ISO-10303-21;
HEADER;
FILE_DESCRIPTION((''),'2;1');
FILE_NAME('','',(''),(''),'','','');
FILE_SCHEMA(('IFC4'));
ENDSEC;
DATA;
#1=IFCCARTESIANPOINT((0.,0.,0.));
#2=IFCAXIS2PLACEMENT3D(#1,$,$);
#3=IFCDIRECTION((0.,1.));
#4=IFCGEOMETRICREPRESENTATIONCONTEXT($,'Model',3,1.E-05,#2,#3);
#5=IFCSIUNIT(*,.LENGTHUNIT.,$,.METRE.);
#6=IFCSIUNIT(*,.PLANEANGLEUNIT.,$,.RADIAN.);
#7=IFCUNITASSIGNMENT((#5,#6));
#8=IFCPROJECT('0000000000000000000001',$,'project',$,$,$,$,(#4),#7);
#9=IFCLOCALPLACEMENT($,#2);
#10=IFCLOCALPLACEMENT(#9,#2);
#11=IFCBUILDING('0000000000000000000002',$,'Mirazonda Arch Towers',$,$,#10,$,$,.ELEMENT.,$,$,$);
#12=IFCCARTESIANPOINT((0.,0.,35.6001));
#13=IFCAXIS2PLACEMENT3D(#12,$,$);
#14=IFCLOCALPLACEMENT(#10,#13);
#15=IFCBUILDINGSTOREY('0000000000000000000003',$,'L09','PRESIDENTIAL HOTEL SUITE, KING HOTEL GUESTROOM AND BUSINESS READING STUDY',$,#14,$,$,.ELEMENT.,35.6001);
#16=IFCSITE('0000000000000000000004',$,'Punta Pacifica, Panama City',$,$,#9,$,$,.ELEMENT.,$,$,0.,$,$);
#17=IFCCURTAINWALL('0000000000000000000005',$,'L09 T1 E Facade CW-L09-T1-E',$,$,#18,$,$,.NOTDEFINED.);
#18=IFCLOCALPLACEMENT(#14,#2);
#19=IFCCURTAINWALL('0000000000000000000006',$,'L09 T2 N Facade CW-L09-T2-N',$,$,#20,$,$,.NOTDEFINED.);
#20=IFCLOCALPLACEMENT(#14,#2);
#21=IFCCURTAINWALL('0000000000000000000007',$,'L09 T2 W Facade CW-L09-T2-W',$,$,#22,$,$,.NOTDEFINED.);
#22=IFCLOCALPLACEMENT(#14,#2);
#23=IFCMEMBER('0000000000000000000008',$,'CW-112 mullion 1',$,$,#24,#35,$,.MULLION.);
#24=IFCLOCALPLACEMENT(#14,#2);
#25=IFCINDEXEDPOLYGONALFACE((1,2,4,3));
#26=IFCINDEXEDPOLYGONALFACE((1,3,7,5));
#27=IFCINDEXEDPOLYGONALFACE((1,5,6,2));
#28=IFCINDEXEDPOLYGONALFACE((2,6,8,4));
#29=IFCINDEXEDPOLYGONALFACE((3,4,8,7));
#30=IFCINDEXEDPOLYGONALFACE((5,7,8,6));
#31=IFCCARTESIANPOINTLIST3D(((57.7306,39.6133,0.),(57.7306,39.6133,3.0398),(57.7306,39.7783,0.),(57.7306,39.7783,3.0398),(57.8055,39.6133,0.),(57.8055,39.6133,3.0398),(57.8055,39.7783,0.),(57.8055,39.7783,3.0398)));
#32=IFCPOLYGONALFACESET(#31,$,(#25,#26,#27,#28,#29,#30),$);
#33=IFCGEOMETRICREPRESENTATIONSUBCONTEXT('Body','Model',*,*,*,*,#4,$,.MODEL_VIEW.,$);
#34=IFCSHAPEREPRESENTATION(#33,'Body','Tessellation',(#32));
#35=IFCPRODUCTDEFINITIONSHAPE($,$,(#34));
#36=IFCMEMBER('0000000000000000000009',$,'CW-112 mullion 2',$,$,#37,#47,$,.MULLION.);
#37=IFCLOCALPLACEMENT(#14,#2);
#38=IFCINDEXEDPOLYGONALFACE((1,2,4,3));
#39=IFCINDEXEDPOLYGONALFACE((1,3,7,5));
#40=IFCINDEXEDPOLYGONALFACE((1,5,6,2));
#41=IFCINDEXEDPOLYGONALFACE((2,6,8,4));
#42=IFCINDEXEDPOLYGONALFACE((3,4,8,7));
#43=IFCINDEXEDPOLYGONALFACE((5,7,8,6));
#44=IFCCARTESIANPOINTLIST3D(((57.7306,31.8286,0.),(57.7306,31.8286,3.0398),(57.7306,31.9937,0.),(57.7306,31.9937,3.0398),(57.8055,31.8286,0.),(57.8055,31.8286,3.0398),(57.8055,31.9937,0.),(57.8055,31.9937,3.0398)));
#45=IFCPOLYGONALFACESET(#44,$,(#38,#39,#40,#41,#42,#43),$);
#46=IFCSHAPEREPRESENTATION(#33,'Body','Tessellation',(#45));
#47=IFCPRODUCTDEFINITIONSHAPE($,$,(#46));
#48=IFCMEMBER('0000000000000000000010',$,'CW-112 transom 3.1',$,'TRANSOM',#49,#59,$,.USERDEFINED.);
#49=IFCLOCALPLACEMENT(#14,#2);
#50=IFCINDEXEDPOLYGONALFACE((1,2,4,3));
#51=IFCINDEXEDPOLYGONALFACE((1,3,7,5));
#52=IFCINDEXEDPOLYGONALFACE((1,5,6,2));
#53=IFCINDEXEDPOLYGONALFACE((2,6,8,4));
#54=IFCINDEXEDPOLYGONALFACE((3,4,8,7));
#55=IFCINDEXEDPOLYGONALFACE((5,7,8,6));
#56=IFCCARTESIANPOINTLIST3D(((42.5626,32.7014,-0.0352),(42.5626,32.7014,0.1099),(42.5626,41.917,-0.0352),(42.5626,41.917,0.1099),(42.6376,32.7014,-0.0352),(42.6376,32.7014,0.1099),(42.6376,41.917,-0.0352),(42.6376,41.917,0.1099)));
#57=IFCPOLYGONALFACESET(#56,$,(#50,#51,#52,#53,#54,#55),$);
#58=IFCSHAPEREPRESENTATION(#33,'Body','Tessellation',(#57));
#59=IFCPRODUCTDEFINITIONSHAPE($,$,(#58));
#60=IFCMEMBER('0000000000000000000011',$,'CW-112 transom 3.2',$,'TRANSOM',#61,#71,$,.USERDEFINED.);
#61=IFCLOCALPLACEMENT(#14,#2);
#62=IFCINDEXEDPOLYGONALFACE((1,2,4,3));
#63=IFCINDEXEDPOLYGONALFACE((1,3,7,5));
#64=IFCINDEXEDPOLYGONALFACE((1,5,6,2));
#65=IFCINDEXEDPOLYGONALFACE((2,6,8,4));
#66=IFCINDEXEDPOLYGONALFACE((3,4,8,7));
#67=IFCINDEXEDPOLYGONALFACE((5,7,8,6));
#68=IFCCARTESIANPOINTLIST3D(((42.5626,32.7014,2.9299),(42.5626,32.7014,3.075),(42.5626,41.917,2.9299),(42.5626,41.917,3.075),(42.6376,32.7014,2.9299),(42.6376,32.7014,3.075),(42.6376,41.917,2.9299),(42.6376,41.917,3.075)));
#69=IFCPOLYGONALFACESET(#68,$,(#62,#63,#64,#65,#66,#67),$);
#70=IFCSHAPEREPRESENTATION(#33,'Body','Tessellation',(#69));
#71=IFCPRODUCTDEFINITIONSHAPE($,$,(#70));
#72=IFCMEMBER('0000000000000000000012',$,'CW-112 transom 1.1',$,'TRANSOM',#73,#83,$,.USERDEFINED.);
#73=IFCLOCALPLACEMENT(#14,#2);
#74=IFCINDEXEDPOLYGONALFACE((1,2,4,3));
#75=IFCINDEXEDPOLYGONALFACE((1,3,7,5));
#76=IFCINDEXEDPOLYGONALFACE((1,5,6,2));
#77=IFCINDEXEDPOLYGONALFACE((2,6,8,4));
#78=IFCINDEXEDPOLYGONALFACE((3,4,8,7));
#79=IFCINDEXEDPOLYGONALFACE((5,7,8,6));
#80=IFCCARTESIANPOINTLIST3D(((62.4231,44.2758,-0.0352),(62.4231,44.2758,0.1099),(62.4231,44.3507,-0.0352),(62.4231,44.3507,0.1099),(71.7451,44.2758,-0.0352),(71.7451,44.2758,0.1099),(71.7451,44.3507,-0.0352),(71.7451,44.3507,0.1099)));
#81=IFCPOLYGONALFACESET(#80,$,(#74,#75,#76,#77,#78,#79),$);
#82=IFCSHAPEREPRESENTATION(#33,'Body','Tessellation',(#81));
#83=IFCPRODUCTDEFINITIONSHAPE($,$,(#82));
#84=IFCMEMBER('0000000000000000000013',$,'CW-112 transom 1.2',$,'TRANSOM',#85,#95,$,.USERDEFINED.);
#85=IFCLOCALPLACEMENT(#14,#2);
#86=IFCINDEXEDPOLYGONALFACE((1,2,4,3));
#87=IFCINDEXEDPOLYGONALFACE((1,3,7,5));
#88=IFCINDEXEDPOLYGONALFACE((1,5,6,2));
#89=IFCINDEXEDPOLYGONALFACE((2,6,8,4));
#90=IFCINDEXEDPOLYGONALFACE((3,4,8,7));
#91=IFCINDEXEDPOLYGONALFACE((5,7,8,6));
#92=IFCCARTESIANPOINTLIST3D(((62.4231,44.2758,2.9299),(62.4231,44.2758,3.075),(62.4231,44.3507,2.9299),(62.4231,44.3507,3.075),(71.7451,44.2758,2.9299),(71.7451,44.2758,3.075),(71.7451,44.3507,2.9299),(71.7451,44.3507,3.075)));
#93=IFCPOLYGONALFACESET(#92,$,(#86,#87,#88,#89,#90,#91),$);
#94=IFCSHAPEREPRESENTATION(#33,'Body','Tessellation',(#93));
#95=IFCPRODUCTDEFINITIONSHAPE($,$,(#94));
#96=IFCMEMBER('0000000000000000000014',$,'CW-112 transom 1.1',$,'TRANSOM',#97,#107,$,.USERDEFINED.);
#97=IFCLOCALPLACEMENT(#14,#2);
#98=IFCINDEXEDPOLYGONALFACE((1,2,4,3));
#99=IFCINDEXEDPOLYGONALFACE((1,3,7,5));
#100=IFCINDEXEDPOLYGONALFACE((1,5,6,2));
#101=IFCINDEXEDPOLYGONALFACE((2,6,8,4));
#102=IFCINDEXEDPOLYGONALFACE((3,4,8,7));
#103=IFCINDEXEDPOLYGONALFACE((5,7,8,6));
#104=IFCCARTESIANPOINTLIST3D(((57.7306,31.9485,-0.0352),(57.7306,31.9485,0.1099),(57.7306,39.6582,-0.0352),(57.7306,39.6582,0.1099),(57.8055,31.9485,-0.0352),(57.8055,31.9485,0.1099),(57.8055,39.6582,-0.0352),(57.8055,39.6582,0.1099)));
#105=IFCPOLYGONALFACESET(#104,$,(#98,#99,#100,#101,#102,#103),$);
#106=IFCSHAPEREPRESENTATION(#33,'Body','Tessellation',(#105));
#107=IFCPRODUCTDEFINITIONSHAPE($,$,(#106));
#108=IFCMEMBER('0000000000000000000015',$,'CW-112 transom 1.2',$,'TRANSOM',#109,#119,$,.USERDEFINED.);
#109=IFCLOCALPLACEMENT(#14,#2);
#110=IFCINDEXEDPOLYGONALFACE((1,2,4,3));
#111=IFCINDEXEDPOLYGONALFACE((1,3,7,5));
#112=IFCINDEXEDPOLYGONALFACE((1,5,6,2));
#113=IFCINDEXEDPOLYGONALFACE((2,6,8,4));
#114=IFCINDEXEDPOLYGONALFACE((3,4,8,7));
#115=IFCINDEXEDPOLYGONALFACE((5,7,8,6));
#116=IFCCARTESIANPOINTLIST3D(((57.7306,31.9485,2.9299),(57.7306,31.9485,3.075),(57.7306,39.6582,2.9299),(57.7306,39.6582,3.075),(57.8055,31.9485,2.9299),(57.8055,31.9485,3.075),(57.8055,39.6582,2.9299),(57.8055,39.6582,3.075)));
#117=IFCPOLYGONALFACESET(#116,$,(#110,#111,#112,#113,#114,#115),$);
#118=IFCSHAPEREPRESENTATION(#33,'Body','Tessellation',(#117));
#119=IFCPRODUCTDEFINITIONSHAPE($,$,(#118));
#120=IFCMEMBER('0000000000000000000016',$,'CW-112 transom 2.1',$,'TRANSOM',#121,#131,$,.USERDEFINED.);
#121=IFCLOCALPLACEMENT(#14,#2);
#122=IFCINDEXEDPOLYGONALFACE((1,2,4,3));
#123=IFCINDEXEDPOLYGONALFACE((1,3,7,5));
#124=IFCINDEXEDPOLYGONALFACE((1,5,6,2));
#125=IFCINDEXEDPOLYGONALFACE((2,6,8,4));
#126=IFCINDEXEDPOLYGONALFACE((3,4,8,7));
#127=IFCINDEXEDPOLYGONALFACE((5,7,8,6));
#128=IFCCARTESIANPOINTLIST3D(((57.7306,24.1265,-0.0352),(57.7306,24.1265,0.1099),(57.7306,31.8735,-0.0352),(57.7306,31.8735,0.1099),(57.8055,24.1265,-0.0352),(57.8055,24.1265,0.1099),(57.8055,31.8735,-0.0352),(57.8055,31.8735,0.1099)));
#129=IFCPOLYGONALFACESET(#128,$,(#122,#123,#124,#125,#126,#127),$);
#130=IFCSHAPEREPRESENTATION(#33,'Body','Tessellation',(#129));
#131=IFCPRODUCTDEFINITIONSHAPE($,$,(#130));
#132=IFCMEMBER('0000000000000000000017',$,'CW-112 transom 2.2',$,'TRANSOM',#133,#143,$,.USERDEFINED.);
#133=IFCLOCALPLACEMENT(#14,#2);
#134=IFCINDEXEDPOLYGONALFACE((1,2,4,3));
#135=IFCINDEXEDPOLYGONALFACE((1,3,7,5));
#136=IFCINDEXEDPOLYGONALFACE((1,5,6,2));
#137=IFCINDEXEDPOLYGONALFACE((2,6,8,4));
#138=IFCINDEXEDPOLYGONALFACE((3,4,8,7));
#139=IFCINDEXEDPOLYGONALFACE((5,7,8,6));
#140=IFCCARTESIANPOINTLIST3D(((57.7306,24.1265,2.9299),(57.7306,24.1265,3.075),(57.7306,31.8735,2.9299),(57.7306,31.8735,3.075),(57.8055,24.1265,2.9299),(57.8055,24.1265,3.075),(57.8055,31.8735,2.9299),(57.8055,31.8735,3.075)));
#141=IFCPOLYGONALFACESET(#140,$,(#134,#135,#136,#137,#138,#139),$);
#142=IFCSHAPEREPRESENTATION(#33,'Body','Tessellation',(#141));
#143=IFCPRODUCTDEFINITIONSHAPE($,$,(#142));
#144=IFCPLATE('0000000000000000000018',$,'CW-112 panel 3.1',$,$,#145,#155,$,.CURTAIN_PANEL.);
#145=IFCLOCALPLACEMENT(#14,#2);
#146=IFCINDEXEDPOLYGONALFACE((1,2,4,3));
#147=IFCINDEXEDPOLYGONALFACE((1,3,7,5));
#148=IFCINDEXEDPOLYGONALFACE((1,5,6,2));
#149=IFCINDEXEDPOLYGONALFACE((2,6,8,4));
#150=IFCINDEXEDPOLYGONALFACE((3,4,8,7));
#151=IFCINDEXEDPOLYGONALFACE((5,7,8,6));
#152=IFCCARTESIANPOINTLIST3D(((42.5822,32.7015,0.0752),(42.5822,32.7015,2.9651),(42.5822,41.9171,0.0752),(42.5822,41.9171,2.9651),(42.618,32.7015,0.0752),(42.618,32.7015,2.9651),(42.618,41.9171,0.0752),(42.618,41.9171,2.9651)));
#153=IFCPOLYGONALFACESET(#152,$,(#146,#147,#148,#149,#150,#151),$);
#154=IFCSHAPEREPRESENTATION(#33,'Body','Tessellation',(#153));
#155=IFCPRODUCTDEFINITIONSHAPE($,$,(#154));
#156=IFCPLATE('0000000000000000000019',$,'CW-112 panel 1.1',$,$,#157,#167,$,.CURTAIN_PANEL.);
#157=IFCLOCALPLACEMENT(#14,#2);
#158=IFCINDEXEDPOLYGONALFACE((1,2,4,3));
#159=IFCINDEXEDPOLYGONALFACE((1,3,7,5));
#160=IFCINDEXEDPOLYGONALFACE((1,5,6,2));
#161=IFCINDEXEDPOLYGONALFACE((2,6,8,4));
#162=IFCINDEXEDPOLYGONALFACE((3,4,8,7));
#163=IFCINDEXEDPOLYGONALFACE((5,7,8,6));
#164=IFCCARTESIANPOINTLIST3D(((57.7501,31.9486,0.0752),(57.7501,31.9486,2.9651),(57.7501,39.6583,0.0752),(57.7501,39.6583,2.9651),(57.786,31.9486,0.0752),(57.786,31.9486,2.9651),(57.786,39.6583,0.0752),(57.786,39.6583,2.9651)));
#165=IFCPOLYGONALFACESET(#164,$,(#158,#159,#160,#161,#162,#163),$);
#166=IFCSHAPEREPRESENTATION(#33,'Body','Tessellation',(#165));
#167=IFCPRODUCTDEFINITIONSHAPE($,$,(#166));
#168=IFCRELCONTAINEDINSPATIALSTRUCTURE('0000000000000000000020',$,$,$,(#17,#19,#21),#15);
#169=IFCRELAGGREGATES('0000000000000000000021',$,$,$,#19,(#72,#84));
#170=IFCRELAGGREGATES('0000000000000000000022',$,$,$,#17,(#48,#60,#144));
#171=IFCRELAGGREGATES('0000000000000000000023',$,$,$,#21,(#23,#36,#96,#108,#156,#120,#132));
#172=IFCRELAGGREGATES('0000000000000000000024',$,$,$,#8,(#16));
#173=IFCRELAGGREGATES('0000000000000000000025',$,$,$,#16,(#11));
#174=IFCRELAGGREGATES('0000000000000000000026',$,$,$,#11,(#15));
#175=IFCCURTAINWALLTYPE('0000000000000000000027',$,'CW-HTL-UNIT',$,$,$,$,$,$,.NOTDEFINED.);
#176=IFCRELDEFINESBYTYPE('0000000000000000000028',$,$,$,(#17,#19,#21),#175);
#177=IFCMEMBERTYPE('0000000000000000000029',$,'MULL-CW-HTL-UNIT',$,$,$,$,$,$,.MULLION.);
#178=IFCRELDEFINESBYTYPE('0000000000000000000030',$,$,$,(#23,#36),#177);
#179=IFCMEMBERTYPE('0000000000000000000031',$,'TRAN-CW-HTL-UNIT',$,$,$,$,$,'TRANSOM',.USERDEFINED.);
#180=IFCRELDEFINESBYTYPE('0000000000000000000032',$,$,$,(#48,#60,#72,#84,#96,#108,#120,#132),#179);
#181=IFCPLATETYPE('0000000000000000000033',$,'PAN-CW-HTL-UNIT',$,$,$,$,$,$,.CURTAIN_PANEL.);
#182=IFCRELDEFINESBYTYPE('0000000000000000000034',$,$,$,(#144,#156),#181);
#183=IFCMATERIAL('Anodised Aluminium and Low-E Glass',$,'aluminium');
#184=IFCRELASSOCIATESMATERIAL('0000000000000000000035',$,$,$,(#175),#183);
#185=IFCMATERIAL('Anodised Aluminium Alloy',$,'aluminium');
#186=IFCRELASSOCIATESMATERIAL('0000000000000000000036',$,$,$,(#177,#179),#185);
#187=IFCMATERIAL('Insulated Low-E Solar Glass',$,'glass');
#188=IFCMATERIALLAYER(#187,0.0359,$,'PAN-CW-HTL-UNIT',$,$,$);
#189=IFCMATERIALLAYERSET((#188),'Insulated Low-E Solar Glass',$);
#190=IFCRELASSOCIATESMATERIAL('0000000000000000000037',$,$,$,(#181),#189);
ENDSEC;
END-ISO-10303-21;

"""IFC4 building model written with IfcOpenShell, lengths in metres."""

from ifc_helpers import new_model, si_unit, direction, frame, origin, origin_2d, place, context, subcontext, project, spatial, rectangle, extrude, material, layer, layer_set, material_profile, profile_set, type_object, element, aggregate, save


model = new_model("IFC4")

# Units and contexts
model_context = context("Model", 3, precision=1e-05, world=origin(), true_north=direction((0.0, 1.0)))
body_context = subcontext(model_context, "Body", "Model", "MODEL_VIEW")
ifc_project = project(units=[si_unit("LENGTHUNIT", "METRE"), si_unit("PLANEANGLEUNIT", "RADIAN")], contexts=[model_context])

# Site, building, storey
site_placement = place(None, origin())
site = spatial("IfcSite", under=ifc_project, at=site_placement, Name="Punta Pacifica, Panama City", CompositionType="ELEMENT", RefElevation=0.0)
building_placement = place(site_placement, origin())
building = spatial("IfcBuilding", under=site, at=building_placement, Name="Mirazonda Arch Towers", CompositionType="ELEMENT")
storey_placement = place(building_placement, frame((0.0, 0.0, 35.6001)))
storey = spatial("IfcBuildingStorey", under=building, at=storey_placement, Name="L09", Description="PRESIDENTIAL HOTEL SUITE, KING HOTEL GUESTROOM AND BUSINESS READING STUDY", CompositionType="ELEMENT", Elevation=35.6001)

# Curtain wall
ifc_material_1 = material(Name="Anodised Aluminium and Low-E Glass", Category="aluminium")
curtain_wall_type = type_object("IfcCurtainWallType", Name="CW-HTL-UNIT", PredefinedType="NOTDEFINED", material=ifc_material_1)
curtain_wall_1_placement = place(storey_placement, origin())
curtain_wall_1 = element("IfcCurtainWall", 1, at=curtain_wall_1_placement, inside=storey, type_object=curtain_wall_type, Name="L09 T1 E Facade CW-L09-T1-E", PredefinedType="NOTDEFINED")
ifc_material_2 = material(Name="Anodised Aluminium Alloy", Category="aluminium")
ifc_material_profile_1 = material_profile(ifc_material_2, rectangle(XDim=0.075, YDim=0.165, at=origin_2d()), Name="ALU-MULL-75x165")
ifc_profile_set_1 = profile_set([ifc_material_profile_1], Name="Anodised Aluminium Alloy")
member_type_1 = type_object("IfcMemberType", Name="MULL-CW-HTL-UNIT", PredefinedType="MULLION", material=ifc_profile_set_1)

# Curtain wall
curtain_wall_2_placement = place(storey_placement, origin())
curtain_wall_2 = element("IfcCurtainWall", 2, at=curtain_wall_2_placement, inside=storey, type_object=curtain_wall_type, Name="L09 T2 N Facade CW-L09-T2-N", PredefinedType="NOTDEFINED")

# Curtain wall, members
curtain_wall_3_placement = place(storey_placement, origin())
curtain_wall_3 = element("IfcCurtainWall", 3, at=curtain_wall_3_placement, inside=storey, type_object=curtain_wall_type, Name="L09 T2 W Facade CW-L09-T2-W", PredefinedType="NOTDEFINED")
member_1_placement = place(storey_placement, frame((57.7681, 39.6958, 0.0), z_axis=(0.0, 0.0, 1.0), x_axis=(1.0, 0.0, 0.0)))
member_1 = element("IfcMember", 4, at=member_1_placement, type_object=member_type_1, Name="CW-112 mullion 1", PredefinedType="MULLION", context=body_context, shape_type="SweptSolid", body=[
    extrude(rectangle(XDim=0.075, YDim=0.165, at=origin_2d()), origin(), (0.0, 0.0, 1.0), 3.0398),
])
member_2_placement = place(storey_placement, frame((57.7681, 31.9111, 0.0), z_axis=(0.0, 0.0, 1.0), x_axis=(1.0, 0.0, 0.0)))
member_2 = element("IfcMember", 5, at=member_2_placement, type_object=member_type_1, Name="CW-112 mullion 2", PredefinedType="MULLION", context=body_context, shape_type="SweptSolid", body=[
    extrude(rectangle(XDim=0.075, YDim=0.165, at=origin_2d()), origin(), (0.0, 0.0, 1.0), 3.0398),
])

# Members
ifc_material_profile_2 = material_profile(ifc_material_2, rectangle(XDim=0.075, YDim=0.145, at=origin_2d()), Name="ALU-TRAN-75x145")
ifc_profile_set_2 = profile_set([ifc_material_profile_2], Name="Anodised Aluminium Alloy")
member_type_2 = type_object("IfcMemberType", Name="TRAN-CW-HTL-UNIT", ElementType="TRANSOM", PredefinedType="USERDEFINED", material=ifc_profile_set_2)
member_3_placement = place(storey_placement, frame((42.6001, 32.7014, 0.0374), z_axis=(0.0, 1.0, 0.0), x_axis=(-1.0, 0.0, 0.0)))
member_3 = element("IfcMember", 6, at=member_3_placement, type_object=member_type_2, Name="CW-112 transom 3.1", ObjectType="TRANSOM", PredefinedType="USERDEFINED", context=body_context, shape_type="SweptSolid", body=[
    extrude(rectangle(XDim=0.075, YDim=0.145, at=origin_2d()), origin(), (0.0, 0.0, 1.0), 9.2156),
])
member_4_placement = place(storey_placement, frame((42.6001, 32.7014, 3.0024), z_axis=(0.0, 1.0, 0.0), x_axis=(-1.0, 0.0, 0.0)))
member_4 = element("IfcMember", 7, at=member_4_placement, type_object=member_type_2, Name="CW-112 transom 3.2", ObjectType="TRANSOM", PredefinedType="USERDEFINED", context=body_context, shape_type="SweptSolid", body=[
    extrude(rectangle(XDim=0.075, YDim=0.145, at=origin_2d()), origin(), (0.0, 0.0, 1.0), 9.2156),
])
member_5_placement = place(storey_placement, frame((62.4231, 44.3132, 0.0374), z_axis=(1.0, 0.0, 0.0), x_axis=(0.0, 1.0, 0.0)))
member_5 = element("IfcMember", 8, at=member_5_placement, type_object=member_type_2, Name="CW-112 transom 1.1", ObjectType="TRANSOM", PredefinedType="USERDEFINED", context=body_context, shape_type="SweptSolid", body=[
    extrude(rectangle(XDim=0.075, YDim=0.145, at=origin_2d()), origin(), (0.0, 0.0, 1.0), 9.322),
])
member_6_placement = place(storey_placement, frame((62.4231, 44.3132, 3.0024), z_axis=(1.0, 0.0, 0.0), x_axis=(0.0, 1.0, 0.0)))
member_6 = element("IfcMember", 9, at=member_6_placement, type_object=member_type_2, Name="CW-112 transom 1.2", ObjectType="TRANSOM", PredefinedType="USERDEFINED", context=body_context, shape_type="SweptSolid", body=[
    extrude(rectangle(XDim=0.075, YDim=0.145, at=origin_2d()), origin(), (0.0, 0.0, 1.0), 9.322),
])
aggregate(curtain_wall_2, [member_5, member_6])
member_7_placement = place(storey_placement, frame((57.7681, 39.6582, 0.0374), z_axis=(0.0, -1.0, 0.0), x_axis=(1.0, 0.0, 0.0)))
member_7 = element("IfcMember", 10, at=member_7_placement, type_object=member_type_2, Name="CW-112 transom 1.1", ObjectType="TRANSOM", PredefinedType="USERDEFINED", context=body_context, shape_type="SweptSolid", body=[
    extrude(rectangle(XDim=0.075, YDim=0.145, at=origin_2d()), origin(), (0.0, 0.0, 1.0), 7.7097),
])
member_8_placement = place(storey_placement, frame((57.7681, 39.6582, 3.0024), z_axis=(0.0, -1.0, 0.0), x_axis=(1.0, 0.0, 0.0)))
member_8 = element("IfcMember", 11, at=member_8_placement, type_object=member_type_2, Name="CW-112 transom 1.2", ObjectType="TRANSOM", PredefinedType="USERDEFINED", context=body_context, shape_type="SweptSolid", body=[
    extrude(rectangle(XDim=0.075, YDim=0.145, at=origin_2d()), origin(), (0.0, 0.0, 1.0), 7.7097),
])
member_9_placement = place(storey_placement, frame((57.7681, 31.8735, 0.0374), z_axis=(0.0, -1.0, 0.0), x_axis=(1.0, 0.0, 0.0)))
member_9 = element("IfcMember", 12, at=member_9_placement, type_object=member_type_2, Name="CW-112 transom 2.1", ObjectType="TRANSOM", PredefinedType="USERDEFINED", context=body_context, shape_type="SweptSolid", body=[
    extrude(rectangle(XDim=0.075, YDim=0.145, at=origin_2d()), origin(), (0.0, 0.0, 1.0), 7.7471),
])
member_10_placement = place(storey_placement, frame((57.7681, 31.8735, 3.0024), z_axis=(0.0, -1.0, 0.0), x_axis=(1.0, 0.0, 0.0)))
member_10 = element("IfcMember", 13, at=member_10_placement, type_object=member_type_2, Name="CW-112 transom 2.2", ObjectType="TRANSOM", PredefinedType="USERDEFINED", context=body_context, shape_type="SweptSolid", body=[
    extrude(rectangle(XDim=0.075, YDim=0.145, at=origin_2d()), origin(), (0.0, 0.0, 1.0), 7.7471),
])

# Plates
ifc_material_3 = material(Name="Insulated Low-E Solar Glass", Category="glass")
ifc_layer_1 = layer(ifc_material_3, 0.0359, Name="PAN-CW-HTL-UNIT")
ifc_layer_set_1 = layer_set([ifc_layer_1], Name="Insulated Low-E Solar Glass")
plate_type = type_object("IfcPlateType", Name="PAN-CW-HTL-UNIT", PredefinedType="CURTAIN_PANEL", material=ifc_layer_set_1)
plate_1_placement = place(storey_placement, frame((42.6001, 37.3093, 0.0752), z_axis=(0.0, 0.0, 1.0), x_axis=(0.0, 1.0, 0.0)))
plate_1 = element("IfcPlate", 14, at=plate_1_placement, type_object=plate_type, Name="CW-112 panel 3.1", PredefinedType="CURTAIN_PANEL", context=body_context, shape_type="SweptSolid", body=[
    extrude(rectangle(XDim=9.2156, YDim=0.0359, at=origin_2d()), origin(), (0.0, 0.0, 1.0), 2.8899),
])
aggregate(curtain_wall_1, [member_3, member_4, plate_1])
plate_2_placement = place(storey_placement, frame((57.7681, 35.8035, 0.0752), z_axis=(0.0, 0.0, 1.0), x_axis=(0.0, -1.0, 0.0)))
plate_2 = element("IfcPlate", 15, at=plate_2_placement, type_object=plate_type, Name="CW-112 panel 1.1", PredefinedType="CURTAIN_PANEL", context=body_context, shape_type="SweptSolid", body=[
    extrude(rectangle(XDim=7.7097, YDim=0.0359, at=origin_2d()), origin(), (0.0, 0.0, 1.0), 2.8899),
])
aggregate(curtain_wall_3, [member_1, member_2, member_7, member_8, plate_2, member_9, member_10])

save(model, "model.ifc")
